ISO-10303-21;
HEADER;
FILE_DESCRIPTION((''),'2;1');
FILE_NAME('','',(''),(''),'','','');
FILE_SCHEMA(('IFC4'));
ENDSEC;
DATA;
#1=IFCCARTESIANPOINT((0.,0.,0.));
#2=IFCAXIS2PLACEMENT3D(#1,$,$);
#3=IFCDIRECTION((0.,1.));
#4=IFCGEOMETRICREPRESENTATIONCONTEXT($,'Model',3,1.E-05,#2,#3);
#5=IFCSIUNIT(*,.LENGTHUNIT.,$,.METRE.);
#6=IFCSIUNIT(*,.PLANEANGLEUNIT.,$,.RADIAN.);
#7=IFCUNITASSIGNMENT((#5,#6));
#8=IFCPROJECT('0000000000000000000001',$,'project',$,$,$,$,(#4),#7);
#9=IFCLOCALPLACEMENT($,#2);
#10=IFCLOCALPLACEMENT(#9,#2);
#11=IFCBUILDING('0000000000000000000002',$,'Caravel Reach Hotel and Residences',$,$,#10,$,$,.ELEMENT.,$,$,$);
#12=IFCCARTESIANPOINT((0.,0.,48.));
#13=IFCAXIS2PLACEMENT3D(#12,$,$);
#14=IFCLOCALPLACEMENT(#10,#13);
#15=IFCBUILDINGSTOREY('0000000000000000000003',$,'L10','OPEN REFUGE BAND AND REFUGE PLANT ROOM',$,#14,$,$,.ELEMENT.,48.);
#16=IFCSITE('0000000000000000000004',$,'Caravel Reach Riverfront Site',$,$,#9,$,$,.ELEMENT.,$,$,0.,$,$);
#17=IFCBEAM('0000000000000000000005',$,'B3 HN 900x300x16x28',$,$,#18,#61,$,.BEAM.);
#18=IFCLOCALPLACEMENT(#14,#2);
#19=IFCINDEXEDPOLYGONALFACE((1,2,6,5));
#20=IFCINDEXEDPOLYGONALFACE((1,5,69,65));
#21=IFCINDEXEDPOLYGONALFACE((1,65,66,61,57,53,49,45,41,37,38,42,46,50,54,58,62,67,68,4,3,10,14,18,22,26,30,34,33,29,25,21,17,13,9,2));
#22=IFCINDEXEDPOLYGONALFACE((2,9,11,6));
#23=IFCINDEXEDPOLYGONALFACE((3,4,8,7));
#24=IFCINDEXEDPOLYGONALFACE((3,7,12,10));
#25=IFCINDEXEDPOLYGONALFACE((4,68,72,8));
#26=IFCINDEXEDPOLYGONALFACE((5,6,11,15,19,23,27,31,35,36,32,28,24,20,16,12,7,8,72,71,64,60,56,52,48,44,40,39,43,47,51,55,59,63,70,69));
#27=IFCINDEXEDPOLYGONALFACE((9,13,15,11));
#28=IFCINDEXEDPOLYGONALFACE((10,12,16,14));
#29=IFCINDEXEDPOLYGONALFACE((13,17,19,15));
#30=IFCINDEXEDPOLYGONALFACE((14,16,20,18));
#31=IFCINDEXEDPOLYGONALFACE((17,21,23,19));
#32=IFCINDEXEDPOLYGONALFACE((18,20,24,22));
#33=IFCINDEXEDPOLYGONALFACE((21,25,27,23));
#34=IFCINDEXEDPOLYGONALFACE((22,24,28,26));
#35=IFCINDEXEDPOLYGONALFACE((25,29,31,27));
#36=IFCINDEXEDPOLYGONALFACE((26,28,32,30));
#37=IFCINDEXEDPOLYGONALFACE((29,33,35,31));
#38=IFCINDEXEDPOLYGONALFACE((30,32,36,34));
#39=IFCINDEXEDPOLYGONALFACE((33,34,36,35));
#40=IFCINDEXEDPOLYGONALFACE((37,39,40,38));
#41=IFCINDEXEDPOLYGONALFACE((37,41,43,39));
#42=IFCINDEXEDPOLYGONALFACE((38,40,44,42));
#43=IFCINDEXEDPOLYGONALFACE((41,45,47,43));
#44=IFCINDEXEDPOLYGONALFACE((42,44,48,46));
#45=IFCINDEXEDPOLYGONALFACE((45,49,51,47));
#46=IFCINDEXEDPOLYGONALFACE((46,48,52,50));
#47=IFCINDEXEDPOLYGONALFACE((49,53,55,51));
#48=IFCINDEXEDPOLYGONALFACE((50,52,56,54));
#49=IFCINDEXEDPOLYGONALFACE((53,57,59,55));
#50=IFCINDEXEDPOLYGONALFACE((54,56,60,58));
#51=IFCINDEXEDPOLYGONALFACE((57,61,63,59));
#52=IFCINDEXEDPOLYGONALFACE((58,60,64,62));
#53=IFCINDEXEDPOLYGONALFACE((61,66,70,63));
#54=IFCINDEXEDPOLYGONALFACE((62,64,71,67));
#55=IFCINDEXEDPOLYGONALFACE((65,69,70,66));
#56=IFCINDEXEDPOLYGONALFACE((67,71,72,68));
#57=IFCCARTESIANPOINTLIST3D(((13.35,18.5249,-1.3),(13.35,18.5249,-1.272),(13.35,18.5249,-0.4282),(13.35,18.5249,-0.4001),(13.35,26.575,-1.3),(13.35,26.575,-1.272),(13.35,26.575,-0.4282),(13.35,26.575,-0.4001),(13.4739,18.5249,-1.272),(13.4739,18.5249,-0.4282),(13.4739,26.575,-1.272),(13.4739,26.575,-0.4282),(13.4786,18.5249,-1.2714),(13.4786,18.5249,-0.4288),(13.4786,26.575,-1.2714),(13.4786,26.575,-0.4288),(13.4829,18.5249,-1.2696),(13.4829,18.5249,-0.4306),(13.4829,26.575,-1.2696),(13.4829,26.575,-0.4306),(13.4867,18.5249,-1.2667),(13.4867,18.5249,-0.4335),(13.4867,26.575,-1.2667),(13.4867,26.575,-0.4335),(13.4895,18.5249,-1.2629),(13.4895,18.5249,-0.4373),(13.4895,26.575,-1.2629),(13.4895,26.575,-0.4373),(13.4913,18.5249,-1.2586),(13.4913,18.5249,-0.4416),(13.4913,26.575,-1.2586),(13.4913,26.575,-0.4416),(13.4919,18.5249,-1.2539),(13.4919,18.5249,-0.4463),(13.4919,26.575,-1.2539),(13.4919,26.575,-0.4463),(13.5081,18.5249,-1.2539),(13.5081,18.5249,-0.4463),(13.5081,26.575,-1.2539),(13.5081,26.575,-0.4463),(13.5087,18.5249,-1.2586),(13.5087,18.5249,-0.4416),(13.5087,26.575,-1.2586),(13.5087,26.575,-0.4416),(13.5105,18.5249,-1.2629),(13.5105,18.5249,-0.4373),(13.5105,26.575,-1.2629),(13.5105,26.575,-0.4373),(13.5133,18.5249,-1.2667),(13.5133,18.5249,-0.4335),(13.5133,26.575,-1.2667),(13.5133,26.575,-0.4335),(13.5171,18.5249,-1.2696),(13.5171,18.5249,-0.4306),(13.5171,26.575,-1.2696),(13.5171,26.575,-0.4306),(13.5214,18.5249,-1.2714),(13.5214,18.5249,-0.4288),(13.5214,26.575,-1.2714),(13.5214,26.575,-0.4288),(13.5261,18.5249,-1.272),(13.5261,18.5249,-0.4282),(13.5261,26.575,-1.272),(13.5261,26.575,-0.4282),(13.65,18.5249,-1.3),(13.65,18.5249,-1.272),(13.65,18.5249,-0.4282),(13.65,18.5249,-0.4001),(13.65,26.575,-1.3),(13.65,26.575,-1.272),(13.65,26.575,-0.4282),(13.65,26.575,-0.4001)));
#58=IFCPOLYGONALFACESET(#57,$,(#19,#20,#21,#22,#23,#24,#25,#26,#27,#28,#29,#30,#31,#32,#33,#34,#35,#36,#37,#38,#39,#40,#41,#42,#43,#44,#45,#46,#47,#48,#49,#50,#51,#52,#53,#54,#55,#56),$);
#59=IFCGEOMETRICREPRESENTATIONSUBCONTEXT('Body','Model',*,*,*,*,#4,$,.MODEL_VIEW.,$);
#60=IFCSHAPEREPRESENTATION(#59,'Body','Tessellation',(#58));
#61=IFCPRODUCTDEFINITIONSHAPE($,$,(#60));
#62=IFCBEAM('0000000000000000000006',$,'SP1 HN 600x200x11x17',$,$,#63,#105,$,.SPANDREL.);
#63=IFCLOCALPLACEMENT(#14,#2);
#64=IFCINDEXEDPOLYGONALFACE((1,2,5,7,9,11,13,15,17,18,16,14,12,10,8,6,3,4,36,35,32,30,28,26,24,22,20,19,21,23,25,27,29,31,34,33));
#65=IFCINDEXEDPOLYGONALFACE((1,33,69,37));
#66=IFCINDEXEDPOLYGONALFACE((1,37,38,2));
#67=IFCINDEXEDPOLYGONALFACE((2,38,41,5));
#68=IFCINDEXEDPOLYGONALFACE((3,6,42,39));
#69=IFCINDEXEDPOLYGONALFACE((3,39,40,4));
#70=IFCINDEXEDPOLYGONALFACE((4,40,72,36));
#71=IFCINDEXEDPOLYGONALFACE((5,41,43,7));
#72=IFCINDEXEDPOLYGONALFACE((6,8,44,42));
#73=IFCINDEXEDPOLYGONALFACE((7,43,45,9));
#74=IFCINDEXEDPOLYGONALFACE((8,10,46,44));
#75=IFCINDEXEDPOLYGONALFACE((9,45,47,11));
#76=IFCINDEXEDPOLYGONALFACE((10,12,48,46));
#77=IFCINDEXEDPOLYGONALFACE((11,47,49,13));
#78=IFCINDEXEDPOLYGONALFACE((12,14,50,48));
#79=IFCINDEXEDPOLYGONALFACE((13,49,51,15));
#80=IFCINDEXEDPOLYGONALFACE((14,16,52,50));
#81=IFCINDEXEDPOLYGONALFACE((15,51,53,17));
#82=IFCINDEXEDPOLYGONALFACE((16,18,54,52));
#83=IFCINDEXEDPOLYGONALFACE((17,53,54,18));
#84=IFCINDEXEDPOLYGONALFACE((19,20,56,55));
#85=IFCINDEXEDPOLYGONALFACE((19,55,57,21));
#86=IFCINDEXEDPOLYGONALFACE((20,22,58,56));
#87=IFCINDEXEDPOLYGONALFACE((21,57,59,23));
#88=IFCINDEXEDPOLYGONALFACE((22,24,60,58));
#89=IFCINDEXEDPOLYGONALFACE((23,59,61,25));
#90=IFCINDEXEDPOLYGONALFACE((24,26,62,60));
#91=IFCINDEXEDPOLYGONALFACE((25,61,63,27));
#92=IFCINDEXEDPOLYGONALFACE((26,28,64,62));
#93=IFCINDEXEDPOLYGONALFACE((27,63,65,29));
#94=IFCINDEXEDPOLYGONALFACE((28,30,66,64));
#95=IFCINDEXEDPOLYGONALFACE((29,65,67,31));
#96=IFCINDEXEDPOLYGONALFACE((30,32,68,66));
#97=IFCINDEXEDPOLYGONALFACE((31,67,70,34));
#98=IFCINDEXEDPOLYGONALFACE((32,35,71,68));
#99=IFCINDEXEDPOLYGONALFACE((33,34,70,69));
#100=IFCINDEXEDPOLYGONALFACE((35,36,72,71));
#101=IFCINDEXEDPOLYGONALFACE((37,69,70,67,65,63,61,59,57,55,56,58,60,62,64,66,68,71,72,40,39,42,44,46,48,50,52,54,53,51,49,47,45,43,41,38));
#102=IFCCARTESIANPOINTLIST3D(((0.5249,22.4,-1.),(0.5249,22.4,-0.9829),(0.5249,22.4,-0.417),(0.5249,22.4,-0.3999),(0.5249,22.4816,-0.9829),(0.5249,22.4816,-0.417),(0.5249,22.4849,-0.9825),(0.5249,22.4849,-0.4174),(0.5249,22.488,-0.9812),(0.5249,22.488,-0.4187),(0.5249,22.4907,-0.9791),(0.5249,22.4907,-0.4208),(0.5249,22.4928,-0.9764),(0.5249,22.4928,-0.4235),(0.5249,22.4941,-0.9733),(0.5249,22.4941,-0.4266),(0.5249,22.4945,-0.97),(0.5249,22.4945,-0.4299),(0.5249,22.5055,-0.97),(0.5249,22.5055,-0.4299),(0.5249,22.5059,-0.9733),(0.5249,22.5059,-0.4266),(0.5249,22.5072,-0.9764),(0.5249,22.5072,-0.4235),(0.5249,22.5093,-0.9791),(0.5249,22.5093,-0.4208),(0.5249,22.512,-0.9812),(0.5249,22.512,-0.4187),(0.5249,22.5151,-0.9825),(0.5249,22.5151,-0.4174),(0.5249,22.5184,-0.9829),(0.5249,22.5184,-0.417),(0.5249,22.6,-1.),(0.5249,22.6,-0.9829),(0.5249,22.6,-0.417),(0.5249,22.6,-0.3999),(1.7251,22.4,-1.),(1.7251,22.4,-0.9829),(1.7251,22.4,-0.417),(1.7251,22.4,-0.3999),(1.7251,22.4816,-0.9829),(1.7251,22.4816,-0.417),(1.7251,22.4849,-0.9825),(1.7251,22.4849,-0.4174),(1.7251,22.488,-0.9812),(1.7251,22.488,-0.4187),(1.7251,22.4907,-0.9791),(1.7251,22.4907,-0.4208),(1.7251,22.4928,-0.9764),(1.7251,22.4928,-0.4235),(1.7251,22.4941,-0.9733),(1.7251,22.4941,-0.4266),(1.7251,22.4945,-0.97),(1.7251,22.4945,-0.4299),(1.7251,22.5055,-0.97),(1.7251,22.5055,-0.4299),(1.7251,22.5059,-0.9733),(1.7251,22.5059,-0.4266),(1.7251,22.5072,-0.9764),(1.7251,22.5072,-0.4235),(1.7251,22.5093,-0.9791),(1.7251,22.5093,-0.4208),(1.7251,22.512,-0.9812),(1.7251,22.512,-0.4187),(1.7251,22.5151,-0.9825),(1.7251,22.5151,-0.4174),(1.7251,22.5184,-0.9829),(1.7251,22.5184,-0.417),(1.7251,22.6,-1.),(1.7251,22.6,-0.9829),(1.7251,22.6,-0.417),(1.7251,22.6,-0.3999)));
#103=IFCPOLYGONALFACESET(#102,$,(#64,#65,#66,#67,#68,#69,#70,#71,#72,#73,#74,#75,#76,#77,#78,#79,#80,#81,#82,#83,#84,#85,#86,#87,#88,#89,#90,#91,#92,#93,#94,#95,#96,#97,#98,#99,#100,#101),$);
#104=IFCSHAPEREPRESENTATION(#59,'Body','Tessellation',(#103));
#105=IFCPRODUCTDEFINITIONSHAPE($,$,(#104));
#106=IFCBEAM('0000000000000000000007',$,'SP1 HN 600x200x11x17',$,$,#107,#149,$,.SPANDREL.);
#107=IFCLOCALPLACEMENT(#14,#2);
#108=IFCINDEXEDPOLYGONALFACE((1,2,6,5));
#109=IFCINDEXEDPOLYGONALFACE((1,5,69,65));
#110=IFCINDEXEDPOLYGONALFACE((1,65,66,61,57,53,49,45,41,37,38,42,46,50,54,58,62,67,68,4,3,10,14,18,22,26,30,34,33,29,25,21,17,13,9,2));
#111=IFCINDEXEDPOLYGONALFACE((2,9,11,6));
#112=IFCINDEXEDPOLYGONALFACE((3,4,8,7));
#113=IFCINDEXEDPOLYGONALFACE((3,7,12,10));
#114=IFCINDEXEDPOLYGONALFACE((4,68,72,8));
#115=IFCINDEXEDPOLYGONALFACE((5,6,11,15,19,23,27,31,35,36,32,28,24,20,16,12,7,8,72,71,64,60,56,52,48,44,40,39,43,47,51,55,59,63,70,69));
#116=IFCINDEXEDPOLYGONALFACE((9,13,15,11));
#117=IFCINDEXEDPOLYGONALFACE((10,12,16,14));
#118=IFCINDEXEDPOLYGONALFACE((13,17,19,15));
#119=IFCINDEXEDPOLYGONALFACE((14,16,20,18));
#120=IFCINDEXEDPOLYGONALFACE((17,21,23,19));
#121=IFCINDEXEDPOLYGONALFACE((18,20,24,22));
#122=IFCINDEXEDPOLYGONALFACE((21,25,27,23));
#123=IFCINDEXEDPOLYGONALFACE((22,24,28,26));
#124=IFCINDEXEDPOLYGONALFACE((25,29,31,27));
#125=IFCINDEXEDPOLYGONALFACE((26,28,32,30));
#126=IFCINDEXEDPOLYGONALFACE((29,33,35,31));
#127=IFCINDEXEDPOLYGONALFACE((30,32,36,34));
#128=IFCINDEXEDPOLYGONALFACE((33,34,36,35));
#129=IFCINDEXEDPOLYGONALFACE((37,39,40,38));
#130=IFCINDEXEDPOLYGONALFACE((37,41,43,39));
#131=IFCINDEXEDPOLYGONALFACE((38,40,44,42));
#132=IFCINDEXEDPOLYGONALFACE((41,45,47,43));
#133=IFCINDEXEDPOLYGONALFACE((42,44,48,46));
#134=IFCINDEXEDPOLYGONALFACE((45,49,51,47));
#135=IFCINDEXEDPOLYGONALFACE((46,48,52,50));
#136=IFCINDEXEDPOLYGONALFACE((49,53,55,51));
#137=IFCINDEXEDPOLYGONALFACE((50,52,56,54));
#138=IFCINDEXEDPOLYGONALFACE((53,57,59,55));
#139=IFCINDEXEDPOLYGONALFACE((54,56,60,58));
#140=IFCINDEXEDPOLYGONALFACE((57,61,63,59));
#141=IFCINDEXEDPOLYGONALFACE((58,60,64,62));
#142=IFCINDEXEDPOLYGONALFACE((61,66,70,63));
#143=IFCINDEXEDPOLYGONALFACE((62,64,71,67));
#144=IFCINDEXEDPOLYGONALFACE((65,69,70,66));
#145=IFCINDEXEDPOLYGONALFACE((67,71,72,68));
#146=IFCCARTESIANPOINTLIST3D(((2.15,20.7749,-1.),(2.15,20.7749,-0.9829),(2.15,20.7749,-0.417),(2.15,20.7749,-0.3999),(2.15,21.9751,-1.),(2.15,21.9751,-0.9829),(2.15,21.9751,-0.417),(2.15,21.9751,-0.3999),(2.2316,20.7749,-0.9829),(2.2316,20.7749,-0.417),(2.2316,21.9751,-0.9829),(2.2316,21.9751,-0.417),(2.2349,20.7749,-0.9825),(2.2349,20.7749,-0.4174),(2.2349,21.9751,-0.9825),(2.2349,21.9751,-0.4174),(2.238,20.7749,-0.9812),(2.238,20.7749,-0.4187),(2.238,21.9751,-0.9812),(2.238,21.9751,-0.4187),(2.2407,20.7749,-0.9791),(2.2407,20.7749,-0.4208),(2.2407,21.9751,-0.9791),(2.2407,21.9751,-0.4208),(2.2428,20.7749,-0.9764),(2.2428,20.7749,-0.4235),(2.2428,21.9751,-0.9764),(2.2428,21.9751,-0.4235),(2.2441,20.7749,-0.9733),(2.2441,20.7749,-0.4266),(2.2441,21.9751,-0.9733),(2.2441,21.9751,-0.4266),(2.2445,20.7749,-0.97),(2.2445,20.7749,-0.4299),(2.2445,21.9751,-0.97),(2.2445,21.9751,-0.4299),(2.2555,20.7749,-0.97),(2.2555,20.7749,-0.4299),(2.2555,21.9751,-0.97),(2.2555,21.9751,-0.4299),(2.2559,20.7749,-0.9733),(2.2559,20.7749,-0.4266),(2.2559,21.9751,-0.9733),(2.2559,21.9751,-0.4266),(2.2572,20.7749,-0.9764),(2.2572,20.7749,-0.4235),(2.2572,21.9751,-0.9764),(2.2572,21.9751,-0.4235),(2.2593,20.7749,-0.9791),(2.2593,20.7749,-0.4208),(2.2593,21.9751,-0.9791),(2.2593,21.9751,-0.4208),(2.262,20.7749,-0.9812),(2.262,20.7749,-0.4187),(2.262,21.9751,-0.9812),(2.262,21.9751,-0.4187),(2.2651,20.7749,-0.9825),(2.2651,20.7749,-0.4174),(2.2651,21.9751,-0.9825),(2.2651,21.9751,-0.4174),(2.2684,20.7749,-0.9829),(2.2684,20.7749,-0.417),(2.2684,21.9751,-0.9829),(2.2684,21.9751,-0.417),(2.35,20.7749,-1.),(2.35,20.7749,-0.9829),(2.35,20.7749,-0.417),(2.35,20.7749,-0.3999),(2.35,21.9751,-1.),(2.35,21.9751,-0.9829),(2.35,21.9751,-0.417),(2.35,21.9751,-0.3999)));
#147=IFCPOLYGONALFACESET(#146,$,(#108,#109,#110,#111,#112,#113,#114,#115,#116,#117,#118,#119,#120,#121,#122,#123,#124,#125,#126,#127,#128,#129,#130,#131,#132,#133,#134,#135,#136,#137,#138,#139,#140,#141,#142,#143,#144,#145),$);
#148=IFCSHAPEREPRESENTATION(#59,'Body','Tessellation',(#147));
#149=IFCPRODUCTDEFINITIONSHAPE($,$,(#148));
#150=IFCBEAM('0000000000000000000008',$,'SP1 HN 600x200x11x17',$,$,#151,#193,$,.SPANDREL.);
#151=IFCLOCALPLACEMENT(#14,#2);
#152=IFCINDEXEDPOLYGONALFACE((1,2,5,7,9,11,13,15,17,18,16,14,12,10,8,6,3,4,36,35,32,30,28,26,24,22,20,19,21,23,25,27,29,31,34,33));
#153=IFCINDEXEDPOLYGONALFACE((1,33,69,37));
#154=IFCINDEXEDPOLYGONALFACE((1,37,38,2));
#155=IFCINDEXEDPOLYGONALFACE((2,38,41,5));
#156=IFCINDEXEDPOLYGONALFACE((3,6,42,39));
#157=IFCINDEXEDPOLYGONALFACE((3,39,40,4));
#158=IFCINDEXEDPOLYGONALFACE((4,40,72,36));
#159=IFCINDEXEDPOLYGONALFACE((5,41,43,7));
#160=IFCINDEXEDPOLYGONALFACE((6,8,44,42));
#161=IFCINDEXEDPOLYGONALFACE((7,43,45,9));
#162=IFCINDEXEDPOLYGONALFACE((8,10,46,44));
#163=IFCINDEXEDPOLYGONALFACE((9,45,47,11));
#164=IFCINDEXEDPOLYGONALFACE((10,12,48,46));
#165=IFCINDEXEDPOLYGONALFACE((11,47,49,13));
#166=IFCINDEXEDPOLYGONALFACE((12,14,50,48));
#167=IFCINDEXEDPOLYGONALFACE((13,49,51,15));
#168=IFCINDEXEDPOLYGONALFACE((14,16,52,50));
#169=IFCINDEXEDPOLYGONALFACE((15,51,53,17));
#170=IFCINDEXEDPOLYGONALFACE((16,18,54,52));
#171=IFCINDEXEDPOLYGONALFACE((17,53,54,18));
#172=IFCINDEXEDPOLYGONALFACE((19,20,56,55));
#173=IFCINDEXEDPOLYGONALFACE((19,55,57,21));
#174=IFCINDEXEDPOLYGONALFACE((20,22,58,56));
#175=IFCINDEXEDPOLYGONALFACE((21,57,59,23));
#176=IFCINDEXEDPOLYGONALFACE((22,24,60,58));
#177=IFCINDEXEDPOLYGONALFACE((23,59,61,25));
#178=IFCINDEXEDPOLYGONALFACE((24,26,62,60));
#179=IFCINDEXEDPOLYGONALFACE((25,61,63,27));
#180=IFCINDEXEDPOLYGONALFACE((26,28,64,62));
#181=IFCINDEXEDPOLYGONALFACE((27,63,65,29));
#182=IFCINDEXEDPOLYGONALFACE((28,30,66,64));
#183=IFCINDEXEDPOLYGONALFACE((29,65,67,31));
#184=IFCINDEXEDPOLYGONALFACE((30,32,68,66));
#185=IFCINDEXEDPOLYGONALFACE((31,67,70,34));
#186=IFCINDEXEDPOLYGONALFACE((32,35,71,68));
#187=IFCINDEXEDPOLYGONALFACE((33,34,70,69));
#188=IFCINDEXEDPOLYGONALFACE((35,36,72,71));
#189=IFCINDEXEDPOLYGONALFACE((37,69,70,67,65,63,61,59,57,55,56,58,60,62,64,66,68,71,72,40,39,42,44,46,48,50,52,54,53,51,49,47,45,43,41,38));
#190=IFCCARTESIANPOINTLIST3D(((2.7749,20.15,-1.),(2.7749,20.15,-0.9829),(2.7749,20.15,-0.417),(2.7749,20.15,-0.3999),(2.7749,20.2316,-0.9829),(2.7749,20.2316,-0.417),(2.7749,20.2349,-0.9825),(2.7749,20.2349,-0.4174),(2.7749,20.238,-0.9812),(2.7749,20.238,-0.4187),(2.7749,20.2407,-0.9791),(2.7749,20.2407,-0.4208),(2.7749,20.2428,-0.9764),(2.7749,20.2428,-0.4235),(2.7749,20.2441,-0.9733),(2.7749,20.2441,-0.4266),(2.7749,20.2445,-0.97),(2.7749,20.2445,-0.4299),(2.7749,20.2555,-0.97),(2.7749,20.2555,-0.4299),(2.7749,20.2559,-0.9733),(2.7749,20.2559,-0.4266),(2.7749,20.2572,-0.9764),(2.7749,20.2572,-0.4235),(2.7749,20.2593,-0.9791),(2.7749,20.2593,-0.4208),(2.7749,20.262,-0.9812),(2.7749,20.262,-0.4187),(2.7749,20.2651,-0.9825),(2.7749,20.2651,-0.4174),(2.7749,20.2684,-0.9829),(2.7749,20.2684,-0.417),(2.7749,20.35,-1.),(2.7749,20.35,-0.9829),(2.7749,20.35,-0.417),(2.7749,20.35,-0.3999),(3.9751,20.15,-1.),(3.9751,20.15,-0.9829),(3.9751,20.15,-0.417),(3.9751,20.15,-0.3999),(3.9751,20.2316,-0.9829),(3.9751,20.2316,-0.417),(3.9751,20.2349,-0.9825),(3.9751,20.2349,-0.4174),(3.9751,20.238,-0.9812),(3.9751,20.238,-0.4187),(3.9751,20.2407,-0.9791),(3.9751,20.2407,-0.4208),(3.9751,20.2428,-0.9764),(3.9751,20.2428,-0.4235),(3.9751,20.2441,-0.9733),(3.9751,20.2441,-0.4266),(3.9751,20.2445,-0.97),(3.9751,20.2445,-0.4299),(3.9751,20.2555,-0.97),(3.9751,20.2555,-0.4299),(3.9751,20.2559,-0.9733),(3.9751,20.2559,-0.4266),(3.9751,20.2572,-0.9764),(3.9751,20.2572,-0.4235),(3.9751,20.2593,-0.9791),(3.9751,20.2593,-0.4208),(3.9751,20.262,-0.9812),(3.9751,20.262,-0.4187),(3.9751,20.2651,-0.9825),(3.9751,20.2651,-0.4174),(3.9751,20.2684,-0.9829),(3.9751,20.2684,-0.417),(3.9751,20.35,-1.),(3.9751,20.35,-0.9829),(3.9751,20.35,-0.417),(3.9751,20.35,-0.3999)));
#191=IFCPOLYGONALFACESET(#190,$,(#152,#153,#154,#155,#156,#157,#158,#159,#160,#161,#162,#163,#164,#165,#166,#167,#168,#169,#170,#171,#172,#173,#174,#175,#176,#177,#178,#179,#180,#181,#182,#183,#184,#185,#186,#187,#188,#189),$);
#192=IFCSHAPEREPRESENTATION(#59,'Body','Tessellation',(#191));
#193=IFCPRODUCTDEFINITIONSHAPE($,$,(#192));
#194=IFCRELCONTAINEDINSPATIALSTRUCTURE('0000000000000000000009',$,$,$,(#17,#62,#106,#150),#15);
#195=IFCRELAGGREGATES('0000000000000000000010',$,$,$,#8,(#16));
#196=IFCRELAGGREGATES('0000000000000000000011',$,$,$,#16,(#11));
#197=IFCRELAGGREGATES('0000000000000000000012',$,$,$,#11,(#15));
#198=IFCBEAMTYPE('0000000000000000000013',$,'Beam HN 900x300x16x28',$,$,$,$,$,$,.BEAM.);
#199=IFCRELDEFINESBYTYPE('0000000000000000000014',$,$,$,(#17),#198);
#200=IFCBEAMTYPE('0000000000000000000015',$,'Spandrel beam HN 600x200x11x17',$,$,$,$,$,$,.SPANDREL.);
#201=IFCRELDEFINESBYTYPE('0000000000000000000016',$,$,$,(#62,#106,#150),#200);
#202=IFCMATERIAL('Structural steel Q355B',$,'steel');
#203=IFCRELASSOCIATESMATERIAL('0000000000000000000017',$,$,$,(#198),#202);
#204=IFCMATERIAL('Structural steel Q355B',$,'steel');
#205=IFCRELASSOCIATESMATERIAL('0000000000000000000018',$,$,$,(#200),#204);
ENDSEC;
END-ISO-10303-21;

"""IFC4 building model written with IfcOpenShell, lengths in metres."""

from ifc_helpers import new_model, si_unit, direction, frame, origin, origin_2d, place, context, subcontext, project, spatial, i_section, extrude, material, material_profile, profile_set, type_object, element, save


model = new_model("IFC4")

# Units and contexts
model_context = context("Model", 3, precision=1e-05, world=origin(), true_north=direction((0.0, 1.0)))
body_context = subcontext(model_context, "Body", "Model", "MODEL_VIEW")
ifc_project = project(units=[si_unit("LENGTHUNIT", "METRE"), si_unit("PLANEANGLEUNIT", "RADIAN")], contexts=[model_context])

# Site, building, storey
site_placement = place(None, origin())
site = spatial("IfcSite", under=ifc_project, at=site_placement, Name="Caravel Reach Riverfront Site", CompositionType="ELEMENT", RefElevation=0.0)
building_placement = place(site_placement, origin())
building = spatial("IfcBuilding", under=site, at=building_placement, Name="Caravel Reach Hotel and Residences", CompositionType="ELEMENT")
storey_placement = place(building_placement, frame((0.0, 0.0, 48.0)))
storey = spatial("IfcBuildingStorey", under=building, at=storey_placement, Name="L10", Description="OPEN REFUGE BAND AND REFUGE PLANT ROOM", CompositionType="ELEMENT", Elevation=48.0)

# Beams
ifc_material_1 = material(Name="Structural steel Q355B", Category="steel")
ifc_material_profile_1 = material_profile(ifc_material_1, i_section(OverallWidth=0.3, OverallDepth=0.8999, WebThickness=0.0161, FlangeThickness=0.0281, FilletRadius=0.0181, at=origin_2d()), Name="HN 900x300x16x28")
ifc_profile_set_1 = profile_set([ifc_material_profile_1], Name="Structural steel Q355B")
beam_type_1 = type_object("IfcBeamType", Name="Beam HN 900x300x16x28", PredefinedType="BEAM", material=ifc_profile_set_1)
beam_1_placement = place(storey_placement, frame((13.5, 18.5249, -0.8501), z_axis=(0.0, 1.0, 0.0), x_axis=(-1.0, 0.0, 0.0)))
element("IfcBeam", 1, at=beam_1_placement, inside=storey, type_object=beam_type_1, Name="B3 HN 900x300x16x28", PredefinedType="BEAM", context=body_context, shape_type="SweptSolid", body=[
    extrude(i_section(OverallWidth=0.3, OverallDepth=0.8999, WebThickness=0.0161, FlangeThickness=0.0281, FilletRadius=0.0181, at=origin_2d()), origin(), (0.0, 0.0, 1.0), 8.05),
])
ifc_material_2 = material(Name="Structural steel Q355B", Category="steel")
ifc_material_profile_2 = material_profile(ifc_material_2, i_section(OverallWidth=0.2, OverallDepth=0.6001, WebThickness=0.011, FlangeThickness=0.0171, FilletRadius=0.0129, at=origin_2d()), Name="HN 600x200x11x17")
ifc_profile_set_2 = profile_set([ifc_material_profile_2], Name="Structural steel Q355B")
beam_type_2 = type_object("IfcBeamType", Name="Spandrel beam HN 600x200x11x17", PredefinedType="SPANDREL", material=ifc_profile_set_2)
for number, where, z_axis, x_axis, name in (
    (2, (0.5249, 22.5, -0.7), (1.0, 0.0, 0.0), (0.0, 1.0, 0.0), "SP1 HN 600x200x11x17"),
    (3, (2.25, 21.9751, -0.7), (0.0, -1.0, 0.0), (1.0, 0.0, 0.0), "SP1 HN 600x200x11x17"),
    (4, (2.7749, 20.25, -0.7), (1.0, 0.0, 0.0), (0.0, 1.0, 0.0), "SP1 HN 600x200x11x17"),
):
    element("IfcBeam", number, at=place(storey_placement, frame(where, z_axis=z_axis, x_axis=x_axis)), inside=storey, type_object=beam_type_2, Name=name, PredefinedType="SPANDREL", context=body_context, shape_type="SweptSolid", body=[
        extrude(i_section(OverallWidth=0.2, OverallDepth=0.6001, WebThickness=0.011, FlangeThickness=0.0171, FilletRadius=0.0129, at=origin_2d()), origin(), (0.0, 0.0, 1.0), 1.2002),
    ])

save(model, "model.ifc")
